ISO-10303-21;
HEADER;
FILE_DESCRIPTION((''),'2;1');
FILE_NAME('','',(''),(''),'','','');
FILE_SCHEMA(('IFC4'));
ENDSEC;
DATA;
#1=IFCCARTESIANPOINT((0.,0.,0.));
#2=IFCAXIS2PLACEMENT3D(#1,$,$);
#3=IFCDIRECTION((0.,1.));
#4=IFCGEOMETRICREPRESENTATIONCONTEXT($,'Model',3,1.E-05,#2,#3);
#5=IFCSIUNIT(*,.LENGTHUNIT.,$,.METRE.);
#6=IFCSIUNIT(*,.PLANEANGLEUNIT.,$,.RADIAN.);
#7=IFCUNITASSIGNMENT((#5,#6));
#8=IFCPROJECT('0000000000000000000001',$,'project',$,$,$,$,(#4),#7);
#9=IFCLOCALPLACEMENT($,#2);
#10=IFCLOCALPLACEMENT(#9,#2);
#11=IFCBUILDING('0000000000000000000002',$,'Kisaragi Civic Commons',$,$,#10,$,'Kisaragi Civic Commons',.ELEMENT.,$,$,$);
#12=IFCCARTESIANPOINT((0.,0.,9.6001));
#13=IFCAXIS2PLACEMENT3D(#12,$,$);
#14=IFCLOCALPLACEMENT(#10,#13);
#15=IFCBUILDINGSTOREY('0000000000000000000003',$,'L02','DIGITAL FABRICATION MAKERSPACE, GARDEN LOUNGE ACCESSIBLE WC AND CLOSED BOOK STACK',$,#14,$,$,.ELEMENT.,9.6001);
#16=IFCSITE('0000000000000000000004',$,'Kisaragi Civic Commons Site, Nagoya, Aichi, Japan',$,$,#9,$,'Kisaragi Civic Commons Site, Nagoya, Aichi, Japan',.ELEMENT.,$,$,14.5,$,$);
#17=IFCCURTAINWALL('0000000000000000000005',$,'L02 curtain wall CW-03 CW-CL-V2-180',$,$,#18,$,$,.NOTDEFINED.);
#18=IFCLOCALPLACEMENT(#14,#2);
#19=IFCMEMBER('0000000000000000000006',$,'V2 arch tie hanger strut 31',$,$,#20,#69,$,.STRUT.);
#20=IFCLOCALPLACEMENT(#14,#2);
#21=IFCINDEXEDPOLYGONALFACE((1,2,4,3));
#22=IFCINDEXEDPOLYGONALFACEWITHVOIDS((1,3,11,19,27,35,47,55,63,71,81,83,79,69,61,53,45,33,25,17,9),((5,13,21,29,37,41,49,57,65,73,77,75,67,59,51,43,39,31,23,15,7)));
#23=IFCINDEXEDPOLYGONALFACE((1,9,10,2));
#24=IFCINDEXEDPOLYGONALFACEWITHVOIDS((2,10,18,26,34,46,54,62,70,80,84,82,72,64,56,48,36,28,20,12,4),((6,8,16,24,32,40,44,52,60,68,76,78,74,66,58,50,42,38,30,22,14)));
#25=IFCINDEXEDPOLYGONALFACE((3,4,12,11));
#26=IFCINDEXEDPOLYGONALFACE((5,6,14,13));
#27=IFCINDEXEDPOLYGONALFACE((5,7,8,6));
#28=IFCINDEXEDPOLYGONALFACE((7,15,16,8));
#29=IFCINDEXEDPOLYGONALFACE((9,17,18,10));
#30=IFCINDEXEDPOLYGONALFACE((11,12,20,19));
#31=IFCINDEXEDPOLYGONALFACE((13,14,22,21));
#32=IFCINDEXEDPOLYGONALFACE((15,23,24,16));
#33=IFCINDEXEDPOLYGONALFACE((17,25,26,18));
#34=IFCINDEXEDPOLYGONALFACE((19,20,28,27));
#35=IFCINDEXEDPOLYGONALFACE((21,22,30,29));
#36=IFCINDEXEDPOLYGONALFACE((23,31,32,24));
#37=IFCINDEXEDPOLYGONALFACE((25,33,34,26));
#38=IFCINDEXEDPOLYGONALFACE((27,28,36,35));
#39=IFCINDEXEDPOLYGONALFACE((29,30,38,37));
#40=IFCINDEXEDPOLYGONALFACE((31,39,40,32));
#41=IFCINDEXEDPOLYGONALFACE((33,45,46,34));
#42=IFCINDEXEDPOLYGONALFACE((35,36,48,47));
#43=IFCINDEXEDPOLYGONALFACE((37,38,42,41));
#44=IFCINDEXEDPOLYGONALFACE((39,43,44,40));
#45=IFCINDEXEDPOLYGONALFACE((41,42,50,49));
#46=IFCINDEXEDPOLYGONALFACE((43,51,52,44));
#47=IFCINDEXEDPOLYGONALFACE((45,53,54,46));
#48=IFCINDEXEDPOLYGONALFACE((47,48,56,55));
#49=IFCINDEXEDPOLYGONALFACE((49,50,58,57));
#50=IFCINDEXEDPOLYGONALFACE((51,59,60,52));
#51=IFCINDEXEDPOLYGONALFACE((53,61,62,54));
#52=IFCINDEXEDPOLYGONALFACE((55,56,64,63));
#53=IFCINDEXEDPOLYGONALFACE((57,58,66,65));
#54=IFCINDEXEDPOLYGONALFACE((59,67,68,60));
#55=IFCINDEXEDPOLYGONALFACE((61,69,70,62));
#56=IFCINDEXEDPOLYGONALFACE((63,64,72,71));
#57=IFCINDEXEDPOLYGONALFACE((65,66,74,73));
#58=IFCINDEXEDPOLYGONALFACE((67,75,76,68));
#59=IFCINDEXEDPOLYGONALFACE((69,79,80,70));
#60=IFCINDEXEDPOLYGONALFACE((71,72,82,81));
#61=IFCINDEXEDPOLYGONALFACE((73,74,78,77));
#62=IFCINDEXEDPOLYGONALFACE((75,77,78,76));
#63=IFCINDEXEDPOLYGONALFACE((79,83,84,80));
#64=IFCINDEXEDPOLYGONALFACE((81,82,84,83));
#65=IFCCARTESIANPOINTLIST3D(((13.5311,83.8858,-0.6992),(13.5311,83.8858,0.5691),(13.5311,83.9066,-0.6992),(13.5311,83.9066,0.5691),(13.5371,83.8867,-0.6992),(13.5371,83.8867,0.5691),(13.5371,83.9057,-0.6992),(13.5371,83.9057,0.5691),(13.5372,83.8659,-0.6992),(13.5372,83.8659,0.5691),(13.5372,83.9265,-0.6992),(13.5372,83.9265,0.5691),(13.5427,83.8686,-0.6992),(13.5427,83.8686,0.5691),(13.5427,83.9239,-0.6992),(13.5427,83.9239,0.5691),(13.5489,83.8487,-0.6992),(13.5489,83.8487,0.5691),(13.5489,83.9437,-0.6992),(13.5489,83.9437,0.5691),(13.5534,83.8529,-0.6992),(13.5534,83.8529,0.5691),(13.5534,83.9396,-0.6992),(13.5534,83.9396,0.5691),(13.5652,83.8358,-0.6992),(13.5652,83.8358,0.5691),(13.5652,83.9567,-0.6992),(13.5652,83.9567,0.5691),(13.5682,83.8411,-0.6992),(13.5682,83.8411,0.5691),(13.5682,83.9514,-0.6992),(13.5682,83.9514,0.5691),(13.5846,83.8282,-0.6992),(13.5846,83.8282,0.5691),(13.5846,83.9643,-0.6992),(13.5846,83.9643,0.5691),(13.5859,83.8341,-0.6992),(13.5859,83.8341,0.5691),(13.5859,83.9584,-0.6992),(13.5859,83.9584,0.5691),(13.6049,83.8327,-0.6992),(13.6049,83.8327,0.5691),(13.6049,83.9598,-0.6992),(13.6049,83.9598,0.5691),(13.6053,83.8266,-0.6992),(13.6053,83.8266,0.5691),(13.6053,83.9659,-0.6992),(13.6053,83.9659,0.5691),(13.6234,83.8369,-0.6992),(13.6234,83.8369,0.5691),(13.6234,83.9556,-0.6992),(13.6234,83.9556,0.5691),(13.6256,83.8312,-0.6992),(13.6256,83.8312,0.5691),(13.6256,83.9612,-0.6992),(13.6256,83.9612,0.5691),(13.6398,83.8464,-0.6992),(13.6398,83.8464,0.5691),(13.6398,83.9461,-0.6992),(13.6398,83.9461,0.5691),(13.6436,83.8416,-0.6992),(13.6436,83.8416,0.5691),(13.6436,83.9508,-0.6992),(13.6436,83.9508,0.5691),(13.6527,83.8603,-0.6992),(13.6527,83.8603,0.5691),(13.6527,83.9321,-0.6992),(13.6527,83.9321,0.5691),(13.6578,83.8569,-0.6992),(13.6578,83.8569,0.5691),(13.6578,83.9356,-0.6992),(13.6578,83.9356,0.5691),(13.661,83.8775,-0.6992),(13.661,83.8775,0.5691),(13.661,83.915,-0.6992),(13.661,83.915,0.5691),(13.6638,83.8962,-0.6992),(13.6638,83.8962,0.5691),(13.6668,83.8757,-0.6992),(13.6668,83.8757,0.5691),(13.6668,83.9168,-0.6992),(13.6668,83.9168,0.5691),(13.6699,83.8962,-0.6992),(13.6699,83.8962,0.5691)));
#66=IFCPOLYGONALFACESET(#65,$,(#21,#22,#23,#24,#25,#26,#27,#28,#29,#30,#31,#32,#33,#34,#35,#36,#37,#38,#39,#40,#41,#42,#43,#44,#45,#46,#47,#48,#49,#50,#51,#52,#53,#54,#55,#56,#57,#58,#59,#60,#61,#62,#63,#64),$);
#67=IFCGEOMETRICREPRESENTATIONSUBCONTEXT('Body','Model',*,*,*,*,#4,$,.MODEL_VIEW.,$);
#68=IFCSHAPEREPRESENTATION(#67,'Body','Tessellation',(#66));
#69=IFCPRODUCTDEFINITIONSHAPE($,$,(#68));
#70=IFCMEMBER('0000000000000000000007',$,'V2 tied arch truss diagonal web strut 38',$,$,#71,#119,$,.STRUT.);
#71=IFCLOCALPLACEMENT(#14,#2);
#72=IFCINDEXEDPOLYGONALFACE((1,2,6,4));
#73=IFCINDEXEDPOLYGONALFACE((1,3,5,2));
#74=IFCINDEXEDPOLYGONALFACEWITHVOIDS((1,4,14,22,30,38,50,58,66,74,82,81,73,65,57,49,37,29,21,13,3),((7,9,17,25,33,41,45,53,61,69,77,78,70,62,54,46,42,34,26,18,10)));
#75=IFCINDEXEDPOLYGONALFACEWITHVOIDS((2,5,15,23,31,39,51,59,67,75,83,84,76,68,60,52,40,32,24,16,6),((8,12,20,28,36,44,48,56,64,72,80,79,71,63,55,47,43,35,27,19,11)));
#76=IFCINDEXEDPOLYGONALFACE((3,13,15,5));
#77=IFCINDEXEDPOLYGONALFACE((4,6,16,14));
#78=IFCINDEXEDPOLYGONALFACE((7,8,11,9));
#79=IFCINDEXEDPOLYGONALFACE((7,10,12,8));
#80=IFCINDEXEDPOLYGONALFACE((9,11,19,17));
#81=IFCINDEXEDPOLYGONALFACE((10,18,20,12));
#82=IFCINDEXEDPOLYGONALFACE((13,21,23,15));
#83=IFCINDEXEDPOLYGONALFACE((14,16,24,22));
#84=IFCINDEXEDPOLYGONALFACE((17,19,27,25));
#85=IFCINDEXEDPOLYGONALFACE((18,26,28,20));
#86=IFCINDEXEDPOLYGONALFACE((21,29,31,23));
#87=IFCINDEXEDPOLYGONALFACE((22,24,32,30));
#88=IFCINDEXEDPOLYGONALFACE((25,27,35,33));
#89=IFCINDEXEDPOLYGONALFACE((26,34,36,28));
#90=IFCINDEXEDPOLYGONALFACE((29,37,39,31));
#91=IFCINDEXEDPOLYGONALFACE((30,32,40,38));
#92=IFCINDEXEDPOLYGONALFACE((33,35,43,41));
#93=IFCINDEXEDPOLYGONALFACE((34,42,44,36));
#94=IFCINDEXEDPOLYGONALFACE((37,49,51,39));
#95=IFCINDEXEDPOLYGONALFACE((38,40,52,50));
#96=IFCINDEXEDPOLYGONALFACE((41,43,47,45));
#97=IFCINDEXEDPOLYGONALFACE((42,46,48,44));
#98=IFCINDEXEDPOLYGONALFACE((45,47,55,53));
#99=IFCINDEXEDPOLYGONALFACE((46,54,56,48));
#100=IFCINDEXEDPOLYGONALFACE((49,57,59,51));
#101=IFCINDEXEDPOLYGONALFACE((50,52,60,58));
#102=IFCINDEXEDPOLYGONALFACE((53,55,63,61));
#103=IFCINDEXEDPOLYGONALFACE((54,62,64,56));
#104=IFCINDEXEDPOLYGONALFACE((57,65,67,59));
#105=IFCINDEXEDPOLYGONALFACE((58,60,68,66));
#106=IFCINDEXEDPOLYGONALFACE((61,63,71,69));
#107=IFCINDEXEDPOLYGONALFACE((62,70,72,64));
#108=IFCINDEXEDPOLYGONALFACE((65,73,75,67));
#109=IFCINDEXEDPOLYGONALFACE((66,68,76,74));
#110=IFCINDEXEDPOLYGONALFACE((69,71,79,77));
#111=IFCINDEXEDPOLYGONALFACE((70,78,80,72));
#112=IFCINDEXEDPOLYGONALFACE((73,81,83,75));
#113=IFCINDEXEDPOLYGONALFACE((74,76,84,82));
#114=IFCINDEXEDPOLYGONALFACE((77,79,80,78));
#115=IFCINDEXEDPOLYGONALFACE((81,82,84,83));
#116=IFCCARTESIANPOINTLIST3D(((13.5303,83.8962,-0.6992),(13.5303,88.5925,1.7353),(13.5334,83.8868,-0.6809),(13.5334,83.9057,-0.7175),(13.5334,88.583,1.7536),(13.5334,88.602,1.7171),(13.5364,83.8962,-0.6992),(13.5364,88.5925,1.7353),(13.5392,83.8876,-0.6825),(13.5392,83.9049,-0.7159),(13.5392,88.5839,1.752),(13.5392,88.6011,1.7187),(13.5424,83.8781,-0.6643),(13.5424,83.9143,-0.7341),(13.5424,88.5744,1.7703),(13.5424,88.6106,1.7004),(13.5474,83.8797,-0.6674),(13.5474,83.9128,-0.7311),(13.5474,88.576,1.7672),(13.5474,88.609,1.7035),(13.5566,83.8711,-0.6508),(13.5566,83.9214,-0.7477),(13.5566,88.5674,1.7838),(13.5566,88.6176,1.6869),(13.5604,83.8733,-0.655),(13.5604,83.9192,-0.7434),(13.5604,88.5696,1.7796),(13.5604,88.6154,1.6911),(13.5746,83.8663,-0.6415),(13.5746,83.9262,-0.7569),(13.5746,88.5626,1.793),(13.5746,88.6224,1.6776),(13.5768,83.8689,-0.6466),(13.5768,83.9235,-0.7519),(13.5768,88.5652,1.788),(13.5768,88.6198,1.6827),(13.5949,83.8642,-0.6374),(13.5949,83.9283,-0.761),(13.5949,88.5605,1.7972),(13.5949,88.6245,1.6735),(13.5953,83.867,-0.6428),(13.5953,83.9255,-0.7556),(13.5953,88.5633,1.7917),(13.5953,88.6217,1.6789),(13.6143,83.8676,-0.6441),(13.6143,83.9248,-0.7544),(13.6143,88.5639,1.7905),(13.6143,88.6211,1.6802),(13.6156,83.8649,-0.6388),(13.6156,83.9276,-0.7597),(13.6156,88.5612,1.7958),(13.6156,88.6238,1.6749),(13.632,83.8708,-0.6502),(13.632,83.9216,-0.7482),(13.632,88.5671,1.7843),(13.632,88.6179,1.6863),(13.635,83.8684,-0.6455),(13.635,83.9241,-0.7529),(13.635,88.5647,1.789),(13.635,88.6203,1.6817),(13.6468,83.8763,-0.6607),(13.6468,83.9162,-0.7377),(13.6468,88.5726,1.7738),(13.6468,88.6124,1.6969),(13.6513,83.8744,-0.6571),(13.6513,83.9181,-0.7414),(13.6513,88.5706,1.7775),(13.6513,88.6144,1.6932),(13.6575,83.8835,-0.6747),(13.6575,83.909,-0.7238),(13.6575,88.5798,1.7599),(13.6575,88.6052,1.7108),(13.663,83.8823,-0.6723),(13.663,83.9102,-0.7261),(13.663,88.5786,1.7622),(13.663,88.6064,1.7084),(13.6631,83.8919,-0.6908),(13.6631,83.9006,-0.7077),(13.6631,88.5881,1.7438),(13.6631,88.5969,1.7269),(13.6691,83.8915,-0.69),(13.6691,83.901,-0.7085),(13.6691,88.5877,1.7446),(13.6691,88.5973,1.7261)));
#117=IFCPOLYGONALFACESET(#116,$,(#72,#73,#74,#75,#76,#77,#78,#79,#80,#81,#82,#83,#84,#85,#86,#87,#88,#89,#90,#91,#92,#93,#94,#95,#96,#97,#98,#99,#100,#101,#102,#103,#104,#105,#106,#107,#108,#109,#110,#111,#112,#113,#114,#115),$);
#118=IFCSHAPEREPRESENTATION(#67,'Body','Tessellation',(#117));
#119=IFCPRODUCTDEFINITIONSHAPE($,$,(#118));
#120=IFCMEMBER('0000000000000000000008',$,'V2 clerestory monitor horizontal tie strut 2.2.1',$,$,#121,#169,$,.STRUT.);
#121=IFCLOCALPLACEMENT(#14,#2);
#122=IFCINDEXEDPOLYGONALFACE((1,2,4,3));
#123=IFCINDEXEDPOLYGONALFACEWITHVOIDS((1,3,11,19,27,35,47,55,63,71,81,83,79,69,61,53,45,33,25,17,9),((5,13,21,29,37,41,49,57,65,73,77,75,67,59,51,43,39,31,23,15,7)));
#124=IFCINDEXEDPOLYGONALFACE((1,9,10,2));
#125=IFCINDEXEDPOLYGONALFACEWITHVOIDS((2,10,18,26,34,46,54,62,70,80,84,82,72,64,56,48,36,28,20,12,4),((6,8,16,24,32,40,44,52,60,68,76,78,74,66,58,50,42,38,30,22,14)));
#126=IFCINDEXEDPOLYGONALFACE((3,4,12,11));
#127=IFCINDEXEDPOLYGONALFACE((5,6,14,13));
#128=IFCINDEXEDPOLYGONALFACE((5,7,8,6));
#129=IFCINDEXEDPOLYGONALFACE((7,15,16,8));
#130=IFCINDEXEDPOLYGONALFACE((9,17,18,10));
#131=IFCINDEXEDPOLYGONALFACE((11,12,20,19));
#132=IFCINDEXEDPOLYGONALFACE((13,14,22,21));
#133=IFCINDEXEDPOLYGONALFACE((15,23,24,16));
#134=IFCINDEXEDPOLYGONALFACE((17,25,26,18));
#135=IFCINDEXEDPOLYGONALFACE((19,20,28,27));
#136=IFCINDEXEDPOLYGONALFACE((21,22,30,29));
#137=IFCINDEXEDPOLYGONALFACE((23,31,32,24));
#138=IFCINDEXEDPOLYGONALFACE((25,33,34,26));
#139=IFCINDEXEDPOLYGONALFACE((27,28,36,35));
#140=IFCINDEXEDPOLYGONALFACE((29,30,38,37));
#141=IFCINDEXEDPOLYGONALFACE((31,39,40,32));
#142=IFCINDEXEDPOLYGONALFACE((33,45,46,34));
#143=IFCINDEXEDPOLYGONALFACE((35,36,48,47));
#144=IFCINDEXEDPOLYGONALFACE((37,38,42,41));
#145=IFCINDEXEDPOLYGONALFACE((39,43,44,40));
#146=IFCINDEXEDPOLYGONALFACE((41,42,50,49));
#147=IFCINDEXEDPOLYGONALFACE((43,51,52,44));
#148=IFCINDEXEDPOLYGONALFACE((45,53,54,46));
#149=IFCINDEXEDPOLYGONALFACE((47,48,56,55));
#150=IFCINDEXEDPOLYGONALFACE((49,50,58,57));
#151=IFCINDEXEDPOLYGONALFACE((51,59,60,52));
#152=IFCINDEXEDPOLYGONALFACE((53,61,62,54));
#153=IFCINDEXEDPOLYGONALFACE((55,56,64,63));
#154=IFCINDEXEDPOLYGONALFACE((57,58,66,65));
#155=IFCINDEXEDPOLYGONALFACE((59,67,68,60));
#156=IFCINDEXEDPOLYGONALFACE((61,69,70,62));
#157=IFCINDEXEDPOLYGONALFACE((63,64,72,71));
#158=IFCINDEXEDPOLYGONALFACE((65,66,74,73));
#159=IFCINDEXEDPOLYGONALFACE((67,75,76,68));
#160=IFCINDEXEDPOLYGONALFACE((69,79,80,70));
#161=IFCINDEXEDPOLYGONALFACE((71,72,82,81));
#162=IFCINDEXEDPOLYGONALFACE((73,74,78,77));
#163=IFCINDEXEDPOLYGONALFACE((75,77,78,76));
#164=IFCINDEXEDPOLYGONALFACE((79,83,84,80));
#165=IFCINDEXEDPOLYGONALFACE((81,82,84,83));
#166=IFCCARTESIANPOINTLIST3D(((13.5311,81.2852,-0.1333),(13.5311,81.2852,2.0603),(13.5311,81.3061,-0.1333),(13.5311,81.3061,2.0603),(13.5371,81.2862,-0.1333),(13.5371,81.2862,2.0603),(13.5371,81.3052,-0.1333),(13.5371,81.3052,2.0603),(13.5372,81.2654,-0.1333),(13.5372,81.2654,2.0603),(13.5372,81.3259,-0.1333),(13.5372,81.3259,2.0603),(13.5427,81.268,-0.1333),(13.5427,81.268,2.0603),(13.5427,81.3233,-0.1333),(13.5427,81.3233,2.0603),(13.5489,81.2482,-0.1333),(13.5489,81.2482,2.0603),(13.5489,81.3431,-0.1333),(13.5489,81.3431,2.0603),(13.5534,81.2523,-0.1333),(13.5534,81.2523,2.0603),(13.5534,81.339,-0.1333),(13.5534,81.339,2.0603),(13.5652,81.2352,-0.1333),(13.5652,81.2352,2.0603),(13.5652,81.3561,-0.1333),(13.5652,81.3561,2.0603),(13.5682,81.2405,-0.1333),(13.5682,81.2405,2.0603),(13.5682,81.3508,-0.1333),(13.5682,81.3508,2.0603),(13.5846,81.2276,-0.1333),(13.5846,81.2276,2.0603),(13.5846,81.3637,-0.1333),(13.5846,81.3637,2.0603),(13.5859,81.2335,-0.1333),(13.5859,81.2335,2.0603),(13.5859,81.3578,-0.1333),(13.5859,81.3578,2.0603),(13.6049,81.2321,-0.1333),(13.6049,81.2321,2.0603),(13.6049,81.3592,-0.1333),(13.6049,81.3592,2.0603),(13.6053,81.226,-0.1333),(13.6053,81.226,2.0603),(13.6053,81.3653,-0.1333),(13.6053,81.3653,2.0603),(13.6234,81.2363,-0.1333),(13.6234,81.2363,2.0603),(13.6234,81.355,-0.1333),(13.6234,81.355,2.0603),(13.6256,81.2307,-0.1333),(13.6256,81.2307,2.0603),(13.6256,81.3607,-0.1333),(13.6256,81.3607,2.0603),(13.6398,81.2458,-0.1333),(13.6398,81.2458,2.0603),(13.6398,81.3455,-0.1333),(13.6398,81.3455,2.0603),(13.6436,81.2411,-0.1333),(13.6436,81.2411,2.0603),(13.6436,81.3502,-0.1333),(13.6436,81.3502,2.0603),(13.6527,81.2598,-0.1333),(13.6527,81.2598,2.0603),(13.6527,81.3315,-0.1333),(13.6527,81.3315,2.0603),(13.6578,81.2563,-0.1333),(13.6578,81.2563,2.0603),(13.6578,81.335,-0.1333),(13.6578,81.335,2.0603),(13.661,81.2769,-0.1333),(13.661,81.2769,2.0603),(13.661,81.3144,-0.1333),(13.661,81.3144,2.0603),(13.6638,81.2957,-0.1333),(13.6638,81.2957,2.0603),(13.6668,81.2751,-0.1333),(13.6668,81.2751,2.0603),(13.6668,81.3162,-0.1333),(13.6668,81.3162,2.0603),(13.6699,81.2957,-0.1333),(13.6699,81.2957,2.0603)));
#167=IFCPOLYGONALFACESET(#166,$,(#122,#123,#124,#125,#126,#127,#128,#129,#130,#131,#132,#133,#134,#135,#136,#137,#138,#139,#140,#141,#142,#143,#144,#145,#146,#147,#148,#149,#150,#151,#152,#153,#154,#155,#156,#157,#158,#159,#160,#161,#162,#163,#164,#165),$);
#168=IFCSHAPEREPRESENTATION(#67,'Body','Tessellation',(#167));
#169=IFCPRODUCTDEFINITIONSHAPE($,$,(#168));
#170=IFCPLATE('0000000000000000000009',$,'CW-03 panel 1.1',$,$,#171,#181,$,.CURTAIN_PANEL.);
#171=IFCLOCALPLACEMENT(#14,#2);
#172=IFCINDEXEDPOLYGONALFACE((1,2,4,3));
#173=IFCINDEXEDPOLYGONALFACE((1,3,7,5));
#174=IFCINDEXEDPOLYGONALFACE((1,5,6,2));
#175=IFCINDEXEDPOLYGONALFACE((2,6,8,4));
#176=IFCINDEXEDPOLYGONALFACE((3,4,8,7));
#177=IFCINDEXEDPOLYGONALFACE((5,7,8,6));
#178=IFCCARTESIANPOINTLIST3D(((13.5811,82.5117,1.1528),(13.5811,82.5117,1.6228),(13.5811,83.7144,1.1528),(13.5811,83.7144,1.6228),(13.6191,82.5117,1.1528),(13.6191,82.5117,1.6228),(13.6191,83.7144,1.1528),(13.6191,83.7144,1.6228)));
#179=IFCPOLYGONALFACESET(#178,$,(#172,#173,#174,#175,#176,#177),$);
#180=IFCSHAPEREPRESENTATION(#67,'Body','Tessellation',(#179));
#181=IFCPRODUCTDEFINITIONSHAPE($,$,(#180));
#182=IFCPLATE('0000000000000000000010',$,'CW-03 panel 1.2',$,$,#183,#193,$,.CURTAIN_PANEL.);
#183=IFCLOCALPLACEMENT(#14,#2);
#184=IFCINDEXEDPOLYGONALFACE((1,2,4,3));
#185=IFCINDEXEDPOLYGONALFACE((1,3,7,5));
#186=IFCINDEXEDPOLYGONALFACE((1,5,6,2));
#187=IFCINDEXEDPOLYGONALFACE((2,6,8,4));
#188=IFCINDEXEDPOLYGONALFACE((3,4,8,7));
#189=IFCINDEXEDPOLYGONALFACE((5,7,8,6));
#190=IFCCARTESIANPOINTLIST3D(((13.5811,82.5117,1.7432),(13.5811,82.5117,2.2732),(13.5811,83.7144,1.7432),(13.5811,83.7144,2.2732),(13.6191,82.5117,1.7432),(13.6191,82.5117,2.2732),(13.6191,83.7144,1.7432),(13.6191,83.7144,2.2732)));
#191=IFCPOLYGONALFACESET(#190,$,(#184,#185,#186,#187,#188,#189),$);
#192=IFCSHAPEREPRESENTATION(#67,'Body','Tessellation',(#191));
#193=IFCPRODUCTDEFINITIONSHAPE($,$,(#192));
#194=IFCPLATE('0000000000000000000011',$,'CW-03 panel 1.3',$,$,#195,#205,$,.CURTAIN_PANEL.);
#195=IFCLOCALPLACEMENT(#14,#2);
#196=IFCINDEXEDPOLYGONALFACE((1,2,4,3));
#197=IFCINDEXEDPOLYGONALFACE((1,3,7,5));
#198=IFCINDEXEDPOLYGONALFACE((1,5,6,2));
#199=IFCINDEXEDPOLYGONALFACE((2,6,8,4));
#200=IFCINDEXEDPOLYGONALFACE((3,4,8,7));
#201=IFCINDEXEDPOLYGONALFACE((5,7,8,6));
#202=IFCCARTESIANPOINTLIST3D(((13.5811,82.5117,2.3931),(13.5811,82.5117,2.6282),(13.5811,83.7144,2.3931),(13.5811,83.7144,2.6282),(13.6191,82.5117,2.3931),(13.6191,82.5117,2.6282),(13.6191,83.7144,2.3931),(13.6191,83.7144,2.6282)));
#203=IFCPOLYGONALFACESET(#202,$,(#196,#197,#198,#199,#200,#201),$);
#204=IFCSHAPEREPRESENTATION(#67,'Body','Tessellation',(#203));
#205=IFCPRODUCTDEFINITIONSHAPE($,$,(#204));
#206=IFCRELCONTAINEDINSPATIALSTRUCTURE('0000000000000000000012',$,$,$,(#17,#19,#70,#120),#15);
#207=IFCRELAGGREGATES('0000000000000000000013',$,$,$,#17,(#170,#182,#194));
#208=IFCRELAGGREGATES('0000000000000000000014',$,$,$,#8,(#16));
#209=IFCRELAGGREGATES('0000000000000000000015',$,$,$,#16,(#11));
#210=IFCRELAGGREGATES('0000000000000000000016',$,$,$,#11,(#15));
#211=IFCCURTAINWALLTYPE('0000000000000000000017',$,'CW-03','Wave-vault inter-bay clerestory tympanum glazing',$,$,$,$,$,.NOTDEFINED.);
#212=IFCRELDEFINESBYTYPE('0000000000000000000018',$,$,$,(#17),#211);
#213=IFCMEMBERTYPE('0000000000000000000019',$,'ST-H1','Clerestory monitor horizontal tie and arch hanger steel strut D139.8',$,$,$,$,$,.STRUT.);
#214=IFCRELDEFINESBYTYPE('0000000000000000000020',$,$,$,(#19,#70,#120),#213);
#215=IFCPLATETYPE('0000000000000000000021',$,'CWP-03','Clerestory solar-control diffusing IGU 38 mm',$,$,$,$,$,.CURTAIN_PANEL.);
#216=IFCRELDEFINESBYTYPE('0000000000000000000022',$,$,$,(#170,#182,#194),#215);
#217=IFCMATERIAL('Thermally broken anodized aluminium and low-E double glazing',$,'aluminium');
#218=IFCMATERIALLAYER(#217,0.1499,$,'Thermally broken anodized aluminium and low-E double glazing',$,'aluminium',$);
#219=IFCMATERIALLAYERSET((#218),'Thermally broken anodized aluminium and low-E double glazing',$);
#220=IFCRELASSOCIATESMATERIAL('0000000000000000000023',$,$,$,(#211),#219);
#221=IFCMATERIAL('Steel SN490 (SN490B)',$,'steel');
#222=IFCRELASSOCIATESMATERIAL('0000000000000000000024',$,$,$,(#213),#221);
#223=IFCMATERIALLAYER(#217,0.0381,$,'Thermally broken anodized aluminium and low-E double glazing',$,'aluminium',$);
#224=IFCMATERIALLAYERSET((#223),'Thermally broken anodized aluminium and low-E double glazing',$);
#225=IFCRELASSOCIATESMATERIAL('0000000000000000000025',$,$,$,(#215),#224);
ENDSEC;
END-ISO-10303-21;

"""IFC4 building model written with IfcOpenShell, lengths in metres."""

from ifc_helpers import new_model, si_unit, direction, frame, origin, origin_2d, place, context, subcontext, project, spatial, rectangle, hollow_circle, extrude, material, layer, layer_set, material_profile, profile_set, type_object, element, aggregate, save


model = new_model("IFC4")

# Units and contexts
model_context = context("Model", 3, precision=1e-05, world=origin(), true_north=direction((0.0, 1.0)))
body_context = subcontext(model_context, "Body", "Model", "MODEL_VIEW")
ifc_project = project(units=[si_unit("LENGTHUNIT", "METRE"), si_unit("PLANEANGLEUNIT", "RADIAN")], contexts=[model_context])

# Site, building, storey
site_placement = place(None, origin())
site = spatial("IfcSite", under=ifc_project, at=site_placement, Name="Kisaragi Civic Commons Site, Nagoya, Aichi, Japan", LongName="Kisaragi Civic Commons Site, Nagoya, Aichi, Japan", CompositionType="ELEMENT", RefElevation=14.5)
building_placement = place(site_placement, origin())
building = spatial("IfcBuilding", under=site, at=building_placement, Name="Kisaragi Civic Commons", LongName="Kisaragi Civic Commons", CompositionType="ELEMENT")
storey_placement = place(building_placement, frame((0.0, 0.0, 9.6001)))
storey = spatial("IfcBuildingStorey", under=building, at=storey_placement, Name="L02", Description="DIGITAL FABRICATION MAKERSPACE, GARDEN LOUNGE ACCESSIBLE WC AND CLOSED BOOK STACK", CompositionType="ELEMENT", Elevation=9.6001)

# Shared definitions
ifc_material_1 = material(Name="Thermally broken anodized aluminium and low-E double glazing", Category="aluminium")
ifc_layer_1 = layer(ifc_material_1, 0.1499, Name="Thermally broken anodized aluminium and low-E double glazing", Category="aluminium")
ifc_layer_set_1 = layer_set([ifc_layer_1], Name="Thermally broken anodized aluminium and low-E double glazing")
curtain_wall_type = type_object("IfcCurtainWallType", Name="CW-03", Description="Wave-vault inter-bay clerestory tympanum glazing", PredefinedType="NOTDEFINED", material=ifc_layer_set_1)

# Curtain wall
curtain_wall_1_placement = place(storey_placement, origin())
curtain_wall_1 = element("IfcCurtainWall", 1, at=curtain_wall_1_placement, inside=storey, type_object=curtain_wall_type, Name="L02 curtain wall CW-03 CW-CL-V2-180", PredefinedType="NOTDEFINED")

# Members
ifc_material_2 = material(Name="Steel SN490 (SN490B)", Category="steel")
ifc_material_profile_1 = material_profile(ifc_material_2, hollow_circle(Radius=0.0698, WallThickness=0.0061, at=origin_2d()), Name="CHS-139.8x6.0", Category="steel")
ifc_profile_set_1 = profile_set([ifc_material_profile_1], Name="Steel SN490 (SN490B)")
member_type_1 = type_object("IfcMemberType", Name="ST-H1", Description="Clerestory monitor horizontal tie and arch hanger steel strut D139.8", PredefinedType="STRUT", material=ifc_profile_set_1)
member_1_placement = place(storey_placement, frame((13.6001, 83.8962, -0.6992), z_axis=(0.0, 0.0, 1.0), x_axis=(1.0, 0.0, 0.0)))
element("IfcMember", 2, at=member_1_placement, inside=storey, type_object=member_type_1, Name="V2 arch tie hanger strut 31", PredefinedType="STRUT", context=body_context, shape_type="SweptSolid", body=[
    extrude(hollow_circle(Radius=0.0698, WallThickness=0.0061, at=origin_2d()), origin(), (0.0, 0.0, 1.0), 1.2683),
])
member_2_placement = place(storey_placement, frame((13.6001, 83.8962, -0.6992), z_axis=(0.0, 0.887796, 0.460236), x_axis=(-1.0, 0.0, 0.0)))
element("IfcMember", 3, at=member_2_placement, inside=storey, type_object=member_type_1, Name="V2 tied arch truss diagonal web strut 38", PredefinedType="STRUT", context=body_context, shape_type="SweptSolid", body=[
    extrude(hollow_circle(Radius=0.0698, WallThickness=0.0061, at=origin_2d()), origin(), (0.0, 0.0, 1.0), 5.2898),
])
member_3_placement = place(storey_placement, frame((13.6001, 81.2957, -0.1333), z_axis=(0.0, 0.0, 1.0), x_axis=(1.0, 0.0, 0.0)))
element("IfcMember", 4, at=member_3_placement, inside=storey, type_object=member_type_1, Name="V2 clerestory monitor horizontal tie strut 2.2.1", PredefinedType="STRUT", context=body_context, shape_type="SweptSolid", body=[
    extrude(hollow_circle(Radius=0.0698, WallThickness=0.0061, at=origin_2d()), origin(), (0.0, 0.0, 1.0), 2.1936),
])

# Plates
ifc_layer_2 = layer(ifc_material_1, 0.0381, Name="Thermally broken anodized aluminium and low-E double glazing", Category="aluminium")
ifc_layer_set_2 = layer_set([ifc_layer_2], Name="Thermally broken anodized aluminium and low-E double glazing")
plate_type_1 = type_object("IfcPlateType", Name="CWP-03", Description="Clerestory solar-control diffusing IGU 38 mm", PredefinedType="CURTAIN_PANEL", material=ifc_layer_set_2)
plate_1_placement = place(storey_placement, frame((13.6001, 83.113, 1.1528), z_axis=(0.0, 0.0, 1.0), x_axis=(0.0, 1.0, 0.0)))
plate_1 = element("IfcPlate", 5, at=plate_1_placement, type_object=plate_type_1, Name="CW-03 panel 1.1", PredefinedType="CURTAIN_PANEL", context=body_context, shape_type="SweptSolid", body=[
    extrude(rectangle(XDim=1.2026, YDim=0.0381, at=origin_2d()), origin(), (0.0, 0.0, 1.0), 0.47),
])
plate_2_placement = place(storey_placement, frame((13.6001, 83.113, 1.7432), z_axis=(0.0, 0.0, 1.0), x_axis=(0.0, 1.0, 0.0)))
plate_2 = element("IfcPlate", 6, at=plate_2_placement, type_object=plate_type_1, Name="CW-03 panel 1.2", PredefinedType="CURTAIN_PANEL", context=body_context, shape_type="SweptSolid", body=[
    extrude(rectangle(XDim=1.2026, YDim=0.0381, at=origin_2d()), origin(), (0.0, 0.0, 1.0), 0.53),
])
plate_3_placement = place(storey_placement, frame((13.6001, 83.113, 2.3931), z_axis=(0.0, 0.0, 1.0), x_axis=(0.0, 1.0, 0.0)))
plate_3 = element("IfcPlate", 7, at=plate_3_placement, type_object=plate_type_1, Name="CW-03 panel 1.3", PredefinedType="CURTAIN_PANEL", context=body_context, shape_type="SweptSolid", body=[
    extrude(rectangle(XDim=1.2026, YDim=0.0381, at=origin_2d()), origin(), (0.0, 0.0, 1.0), 0.2351),
])
aggregate(curtain_wall_1, [plate_1, plate_2, plate_3])

save(model, "model.ifc")
